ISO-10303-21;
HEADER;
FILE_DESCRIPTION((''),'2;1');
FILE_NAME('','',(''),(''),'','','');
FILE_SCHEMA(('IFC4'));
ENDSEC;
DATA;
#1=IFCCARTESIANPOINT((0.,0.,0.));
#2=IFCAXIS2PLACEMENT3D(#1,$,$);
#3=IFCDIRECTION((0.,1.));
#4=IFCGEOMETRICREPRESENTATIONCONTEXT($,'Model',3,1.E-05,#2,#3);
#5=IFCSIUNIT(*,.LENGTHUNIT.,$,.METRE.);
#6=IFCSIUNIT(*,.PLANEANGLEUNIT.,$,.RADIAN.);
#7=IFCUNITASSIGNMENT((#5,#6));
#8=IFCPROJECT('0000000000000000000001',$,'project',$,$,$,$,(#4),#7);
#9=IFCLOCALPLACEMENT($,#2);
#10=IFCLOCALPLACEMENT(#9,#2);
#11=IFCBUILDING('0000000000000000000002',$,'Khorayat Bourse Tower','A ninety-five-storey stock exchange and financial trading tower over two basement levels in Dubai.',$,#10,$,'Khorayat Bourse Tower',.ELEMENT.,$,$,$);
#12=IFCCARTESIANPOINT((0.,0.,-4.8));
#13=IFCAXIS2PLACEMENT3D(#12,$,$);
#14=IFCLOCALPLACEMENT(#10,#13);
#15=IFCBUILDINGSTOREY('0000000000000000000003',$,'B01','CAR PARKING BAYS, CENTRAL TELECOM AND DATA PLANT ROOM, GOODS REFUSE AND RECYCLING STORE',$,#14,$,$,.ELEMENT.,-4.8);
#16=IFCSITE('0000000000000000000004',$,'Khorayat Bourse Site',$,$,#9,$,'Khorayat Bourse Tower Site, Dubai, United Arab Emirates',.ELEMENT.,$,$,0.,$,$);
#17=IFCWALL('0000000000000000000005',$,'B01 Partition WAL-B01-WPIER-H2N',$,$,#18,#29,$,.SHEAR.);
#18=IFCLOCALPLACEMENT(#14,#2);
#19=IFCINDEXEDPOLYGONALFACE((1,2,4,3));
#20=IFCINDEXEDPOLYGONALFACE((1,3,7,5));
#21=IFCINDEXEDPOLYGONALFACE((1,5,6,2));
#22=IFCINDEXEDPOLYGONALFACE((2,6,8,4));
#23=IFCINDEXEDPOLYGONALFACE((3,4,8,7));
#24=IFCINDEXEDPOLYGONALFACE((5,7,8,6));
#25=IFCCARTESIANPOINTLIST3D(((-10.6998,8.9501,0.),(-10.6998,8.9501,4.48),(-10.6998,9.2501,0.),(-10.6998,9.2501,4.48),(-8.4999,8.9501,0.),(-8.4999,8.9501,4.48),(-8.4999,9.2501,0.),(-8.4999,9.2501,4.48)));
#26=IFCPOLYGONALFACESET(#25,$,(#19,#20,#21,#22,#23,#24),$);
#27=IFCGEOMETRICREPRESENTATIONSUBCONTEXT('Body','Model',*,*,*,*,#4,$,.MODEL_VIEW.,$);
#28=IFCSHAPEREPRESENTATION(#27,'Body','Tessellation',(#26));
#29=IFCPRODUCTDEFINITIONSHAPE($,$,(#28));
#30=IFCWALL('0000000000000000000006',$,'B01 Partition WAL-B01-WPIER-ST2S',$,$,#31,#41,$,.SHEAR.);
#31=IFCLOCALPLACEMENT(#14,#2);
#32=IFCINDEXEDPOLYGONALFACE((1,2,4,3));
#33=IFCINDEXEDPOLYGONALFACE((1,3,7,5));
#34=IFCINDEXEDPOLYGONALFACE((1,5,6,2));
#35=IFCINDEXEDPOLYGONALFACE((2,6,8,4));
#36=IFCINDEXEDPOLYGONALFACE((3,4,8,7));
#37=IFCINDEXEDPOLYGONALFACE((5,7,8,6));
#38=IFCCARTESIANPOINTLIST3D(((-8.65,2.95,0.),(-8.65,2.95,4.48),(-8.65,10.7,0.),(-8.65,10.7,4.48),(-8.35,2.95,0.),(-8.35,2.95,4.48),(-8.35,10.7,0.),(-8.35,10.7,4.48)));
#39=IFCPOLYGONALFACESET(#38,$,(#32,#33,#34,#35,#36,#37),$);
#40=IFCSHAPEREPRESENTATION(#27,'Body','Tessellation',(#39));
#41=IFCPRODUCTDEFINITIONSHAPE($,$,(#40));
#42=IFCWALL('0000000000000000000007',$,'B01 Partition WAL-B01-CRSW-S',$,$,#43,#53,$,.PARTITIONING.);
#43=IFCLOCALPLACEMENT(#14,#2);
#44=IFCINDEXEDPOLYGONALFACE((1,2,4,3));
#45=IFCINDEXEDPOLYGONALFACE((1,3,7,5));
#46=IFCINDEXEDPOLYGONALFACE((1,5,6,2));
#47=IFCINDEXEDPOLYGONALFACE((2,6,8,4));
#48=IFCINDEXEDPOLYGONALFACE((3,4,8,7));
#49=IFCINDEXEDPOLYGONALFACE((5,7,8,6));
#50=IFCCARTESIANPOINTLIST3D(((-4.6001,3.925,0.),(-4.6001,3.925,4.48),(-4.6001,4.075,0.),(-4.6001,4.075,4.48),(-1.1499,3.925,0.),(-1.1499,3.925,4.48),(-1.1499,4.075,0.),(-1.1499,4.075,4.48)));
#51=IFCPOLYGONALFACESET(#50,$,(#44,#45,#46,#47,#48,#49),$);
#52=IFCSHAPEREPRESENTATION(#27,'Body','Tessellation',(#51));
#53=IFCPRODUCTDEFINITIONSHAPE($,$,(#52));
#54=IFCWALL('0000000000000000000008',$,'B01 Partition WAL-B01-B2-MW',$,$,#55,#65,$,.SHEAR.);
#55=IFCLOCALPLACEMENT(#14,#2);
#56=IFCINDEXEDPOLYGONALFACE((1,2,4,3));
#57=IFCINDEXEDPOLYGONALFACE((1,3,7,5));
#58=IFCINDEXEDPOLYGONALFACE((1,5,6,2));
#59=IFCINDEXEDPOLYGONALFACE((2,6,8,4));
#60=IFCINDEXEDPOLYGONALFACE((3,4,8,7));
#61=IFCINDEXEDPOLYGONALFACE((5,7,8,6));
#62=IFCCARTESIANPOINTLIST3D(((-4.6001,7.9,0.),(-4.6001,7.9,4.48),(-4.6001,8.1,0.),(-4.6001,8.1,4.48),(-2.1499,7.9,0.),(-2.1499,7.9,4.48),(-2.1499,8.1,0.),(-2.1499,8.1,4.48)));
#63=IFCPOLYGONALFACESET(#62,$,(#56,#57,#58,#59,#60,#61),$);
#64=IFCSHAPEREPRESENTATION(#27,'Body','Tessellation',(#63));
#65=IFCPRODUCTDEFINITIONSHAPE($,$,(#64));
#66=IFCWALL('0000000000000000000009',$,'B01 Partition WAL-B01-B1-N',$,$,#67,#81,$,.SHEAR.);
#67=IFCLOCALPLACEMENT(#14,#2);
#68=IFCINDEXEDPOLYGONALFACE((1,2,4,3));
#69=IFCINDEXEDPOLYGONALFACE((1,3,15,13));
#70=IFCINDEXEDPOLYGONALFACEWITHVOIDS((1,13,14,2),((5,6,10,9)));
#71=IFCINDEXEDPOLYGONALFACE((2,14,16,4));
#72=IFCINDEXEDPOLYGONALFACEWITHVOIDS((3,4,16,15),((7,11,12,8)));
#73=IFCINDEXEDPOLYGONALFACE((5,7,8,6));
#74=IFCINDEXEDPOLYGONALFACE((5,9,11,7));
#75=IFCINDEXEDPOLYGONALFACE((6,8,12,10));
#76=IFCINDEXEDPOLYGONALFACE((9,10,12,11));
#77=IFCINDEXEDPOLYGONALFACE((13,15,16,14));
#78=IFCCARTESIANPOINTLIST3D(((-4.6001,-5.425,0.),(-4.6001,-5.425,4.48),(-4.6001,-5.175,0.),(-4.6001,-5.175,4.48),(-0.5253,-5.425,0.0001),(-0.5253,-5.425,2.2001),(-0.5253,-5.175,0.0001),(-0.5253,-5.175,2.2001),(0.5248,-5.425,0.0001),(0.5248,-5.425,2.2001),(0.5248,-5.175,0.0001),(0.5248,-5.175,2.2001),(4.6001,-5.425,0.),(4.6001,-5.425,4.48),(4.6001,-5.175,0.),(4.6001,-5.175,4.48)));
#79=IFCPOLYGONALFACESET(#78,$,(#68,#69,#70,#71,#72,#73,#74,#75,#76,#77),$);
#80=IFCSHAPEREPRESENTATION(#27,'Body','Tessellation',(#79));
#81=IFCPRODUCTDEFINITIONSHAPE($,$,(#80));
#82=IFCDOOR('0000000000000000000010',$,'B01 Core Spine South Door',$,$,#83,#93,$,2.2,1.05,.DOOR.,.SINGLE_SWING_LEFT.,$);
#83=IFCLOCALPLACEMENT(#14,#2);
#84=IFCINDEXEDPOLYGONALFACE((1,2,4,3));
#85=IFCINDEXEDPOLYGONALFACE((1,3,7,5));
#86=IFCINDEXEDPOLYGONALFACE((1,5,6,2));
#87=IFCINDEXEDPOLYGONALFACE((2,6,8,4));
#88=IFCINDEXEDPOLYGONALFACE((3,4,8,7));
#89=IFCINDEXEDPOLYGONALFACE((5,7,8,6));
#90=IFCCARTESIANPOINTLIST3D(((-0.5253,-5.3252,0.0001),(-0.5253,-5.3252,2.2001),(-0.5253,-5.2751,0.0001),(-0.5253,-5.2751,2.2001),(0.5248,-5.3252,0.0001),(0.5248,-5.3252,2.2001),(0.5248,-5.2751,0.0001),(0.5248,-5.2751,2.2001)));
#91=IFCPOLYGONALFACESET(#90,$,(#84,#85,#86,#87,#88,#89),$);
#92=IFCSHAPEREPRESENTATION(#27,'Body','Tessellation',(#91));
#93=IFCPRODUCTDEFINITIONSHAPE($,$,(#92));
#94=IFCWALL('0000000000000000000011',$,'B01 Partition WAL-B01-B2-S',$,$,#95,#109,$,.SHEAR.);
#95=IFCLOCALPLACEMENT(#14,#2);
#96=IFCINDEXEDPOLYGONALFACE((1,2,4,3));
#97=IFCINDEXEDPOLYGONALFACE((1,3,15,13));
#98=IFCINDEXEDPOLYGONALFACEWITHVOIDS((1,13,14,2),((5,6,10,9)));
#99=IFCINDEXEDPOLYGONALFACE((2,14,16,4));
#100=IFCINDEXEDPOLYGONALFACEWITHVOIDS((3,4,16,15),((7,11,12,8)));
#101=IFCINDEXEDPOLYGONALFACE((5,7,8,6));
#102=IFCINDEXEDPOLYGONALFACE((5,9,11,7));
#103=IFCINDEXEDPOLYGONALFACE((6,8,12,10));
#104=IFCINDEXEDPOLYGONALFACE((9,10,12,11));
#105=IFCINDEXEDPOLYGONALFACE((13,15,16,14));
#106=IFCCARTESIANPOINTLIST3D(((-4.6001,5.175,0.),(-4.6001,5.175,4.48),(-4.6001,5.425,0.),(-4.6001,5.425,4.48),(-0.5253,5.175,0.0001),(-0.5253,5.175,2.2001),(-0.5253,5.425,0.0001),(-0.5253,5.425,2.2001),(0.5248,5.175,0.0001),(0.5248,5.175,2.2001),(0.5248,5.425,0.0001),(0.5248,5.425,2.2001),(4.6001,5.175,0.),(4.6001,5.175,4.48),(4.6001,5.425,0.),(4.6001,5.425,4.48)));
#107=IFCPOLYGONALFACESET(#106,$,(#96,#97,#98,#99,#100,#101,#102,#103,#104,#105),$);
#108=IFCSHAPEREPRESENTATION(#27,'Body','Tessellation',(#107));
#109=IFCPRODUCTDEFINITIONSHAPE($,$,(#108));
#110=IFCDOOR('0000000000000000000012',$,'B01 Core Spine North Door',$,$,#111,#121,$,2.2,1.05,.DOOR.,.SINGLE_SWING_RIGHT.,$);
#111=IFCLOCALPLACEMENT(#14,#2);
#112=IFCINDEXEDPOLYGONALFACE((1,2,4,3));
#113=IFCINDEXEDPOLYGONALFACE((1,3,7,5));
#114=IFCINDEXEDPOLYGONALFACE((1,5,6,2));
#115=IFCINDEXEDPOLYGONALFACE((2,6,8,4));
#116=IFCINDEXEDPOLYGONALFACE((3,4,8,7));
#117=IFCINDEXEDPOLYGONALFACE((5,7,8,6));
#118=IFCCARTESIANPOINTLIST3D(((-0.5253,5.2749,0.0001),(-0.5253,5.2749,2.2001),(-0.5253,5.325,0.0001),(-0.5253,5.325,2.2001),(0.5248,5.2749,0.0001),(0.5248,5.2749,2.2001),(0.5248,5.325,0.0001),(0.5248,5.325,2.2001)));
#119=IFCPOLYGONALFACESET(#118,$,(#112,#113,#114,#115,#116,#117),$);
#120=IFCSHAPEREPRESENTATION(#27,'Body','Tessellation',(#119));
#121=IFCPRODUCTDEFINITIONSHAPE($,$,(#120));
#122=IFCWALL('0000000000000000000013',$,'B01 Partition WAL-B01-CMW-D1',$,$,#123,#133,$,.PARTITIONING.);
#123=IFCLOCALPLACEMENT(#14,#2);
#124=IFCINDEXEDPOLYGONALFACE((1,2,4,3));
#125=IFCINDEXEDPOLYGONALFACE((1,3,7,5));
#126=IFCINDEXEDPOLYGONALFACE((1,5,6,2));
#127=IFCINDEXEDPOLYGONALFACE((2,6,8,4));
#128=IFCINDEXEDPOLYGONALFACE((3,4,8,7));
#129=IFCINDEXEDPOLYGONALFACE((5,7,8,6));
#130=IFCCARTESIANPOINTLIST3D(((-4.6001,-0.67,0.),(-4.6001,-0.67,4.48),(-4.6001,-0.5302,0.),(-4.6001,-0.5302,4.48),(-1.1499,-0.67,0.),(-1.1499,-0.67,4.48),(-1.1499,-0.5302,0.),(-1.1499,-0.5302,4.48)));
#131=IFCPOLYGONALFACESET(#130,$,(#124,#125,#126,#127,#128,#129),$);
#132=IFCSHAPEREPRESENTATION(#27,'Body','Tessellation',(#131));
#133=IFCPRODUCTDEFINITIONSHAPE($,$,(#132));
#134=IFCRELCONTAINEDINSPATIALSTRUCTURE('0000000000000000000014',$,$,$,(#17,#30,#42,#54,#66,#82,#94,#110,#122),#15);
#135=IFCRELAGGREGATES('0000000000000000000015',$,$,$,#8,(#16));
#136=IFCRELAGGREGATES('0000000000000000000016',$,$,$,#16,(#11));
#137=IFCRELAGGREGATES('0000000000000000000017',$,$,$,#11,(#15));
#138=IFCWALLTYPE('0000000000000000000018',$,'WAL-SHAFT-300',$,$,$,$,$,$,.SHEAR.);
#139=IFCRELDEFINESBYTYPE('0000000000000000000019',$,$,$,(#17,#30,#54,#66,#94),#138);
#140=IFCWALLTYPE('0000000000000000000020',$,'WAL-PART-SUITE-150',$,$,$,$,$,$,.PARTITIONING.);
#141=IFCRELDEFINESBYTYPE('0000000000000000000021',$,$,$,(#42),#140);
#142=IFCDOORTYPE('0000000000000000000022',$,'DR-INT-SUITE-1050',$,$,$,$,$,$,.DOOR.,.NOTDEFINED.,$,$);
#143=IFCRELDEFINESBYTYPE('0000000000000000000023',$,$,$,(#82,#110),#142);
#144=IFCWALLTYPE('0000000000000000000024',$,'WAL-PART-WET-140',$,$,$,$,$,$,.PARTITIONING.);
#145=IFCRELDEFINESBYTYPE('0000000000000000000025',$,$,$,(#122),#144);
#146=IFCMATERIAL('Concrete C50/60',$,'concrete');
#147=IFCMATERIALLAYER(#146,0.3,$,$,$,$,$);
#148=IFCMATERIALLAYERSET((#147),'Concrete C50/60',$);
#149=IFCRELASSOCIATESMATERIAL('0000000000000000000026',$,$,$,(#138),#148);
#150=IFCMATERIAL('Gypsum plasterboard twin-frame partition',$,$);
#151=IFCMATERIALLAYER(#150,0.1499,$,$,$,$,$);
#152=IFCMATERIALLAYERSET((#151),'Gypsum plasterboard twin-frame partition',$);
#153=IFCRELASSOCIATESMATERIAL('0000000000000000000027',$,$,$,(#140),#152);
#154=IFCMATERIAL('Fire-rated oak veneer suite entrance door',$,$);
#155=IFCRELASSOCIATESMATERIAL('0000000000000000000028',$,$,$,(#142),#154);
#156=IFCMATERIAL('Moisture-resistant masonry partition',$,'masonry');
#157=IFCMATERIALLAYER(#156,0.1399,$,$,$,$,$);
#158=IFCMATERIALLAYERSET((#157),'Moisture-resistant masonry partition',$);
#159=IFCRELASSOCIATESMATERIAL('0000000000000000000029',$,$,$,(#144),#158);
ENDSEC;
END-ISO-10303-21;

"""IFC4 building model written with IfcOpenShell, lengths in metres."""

from ifc_helpers import new_model, si_unit, direction, frame, frame_2d, origin, place, context, subcontext, project, spatial, rectangle, extrude, source, transform, mapped, material, layer, layer_set, type_object, element, fill, save


model = new_model("IFC4")

# Units and contexts
model_context = context("Model", 3, precision=1e-05, world=origin(), true_north=direction((0.0, 1.0)))
body_context = subcontext(model_context, "Body", "Model", "MODEL_VIEW")
ifc_project = project(units=[si_unit("LENGTHUNIT", "METRE"), si_unit("PLANEANGLEUNIT", "RADIAN")], contexts=[model_context])

# Site, building, storey
site_placement = place(None, origin())
site = spatial("IfcSite", under=ifc_project, at=site_placement, Name="Khorayat Bourse Site", LongName="Khorayat Bourse Tower Site, Dubai, United Arab Emirates", CompositionType="ELEMENT", RefElevation=0.0)
building_placement = place(site_placement, origin())
building = spatial("IfcBuilding", under=site, at=building_placement, Name="Khorayat Bourse Tower", Description="A ninety-five-storey stock exchange and financial trading tower over two basement levels in Dubai.", LongName="Khorayat Bourse Tower", CompositionType="ELEMENT")
storey_placement = place(building_placement, frame((0.0, 0.0, -4.8)))
storey = spatial("IfcBuildingStorey", under=building, at=storey_placement, Name="B01", Description="CAR PARKING BAYS, CENTRAL TELECOM AND DATA PLANT ROOM, GOODS REFUSE AND RECYCLING STORE", CompositionType="ELEMENT", Elevation=-4.8)

# Walls
ifc_material_1 = material(Name="Concrete C50/60", Category="concrete")
ifc_layer_1 = layer(ifc_material_1, 0.3)
ifc_layer_set_1 = layer_set([ifc_layer_1], Name="Concrete C50/60")
wall_type_1 = type_object("IfcWallType", Name="WAL-SHAFT-300", PredefinedType="SHEAR", material=ifc_layer_set_1)
shared_shape_1 = source(origin(), body_context, "Body", "SweptSolid", [
    extrude(rectangle(XDim=2.2, YDim=0.3, at=frame_2d((1.1001, 0.0))), origin(), (0.0, 0.0, 1.0), 4.48),
])
for number, where, z_axis, x_axis, name in (
    (1, (-10.7, 9.1001, 0.0), (0.0, 0.0, 1.0), (1.0, 0.0, 0.0), "B01 Partition WAL-B01-WPIER-H2N"),
):
    element("IfcWall", number, at=place(storey_placement, frame(where, z_axis=z_axis, x_axis=x_axis)), inside=storey, type_object=wall_type_1, Name=name, PredefinedType="SHEAR", context=body_context, shape_type="MappedRepresentation", body=[
        mapped(shared_shape_1, transform((0.0, 0.0, 0.0), scale=1.0)),
    ])
shared_shape_2 = source(origin(), body_context, "Body", "SweptSolid", [
    extrude(rectangle(XDim=7.75, YDim=0.3, at=frame_2d((3.875, 0.0))), origin(), (0.0, 0.0, 1.0), 4.48),
])
wall_1_placement = place(storey_placement, frame((-8.5, 2.95, 0.0), z_axis=(0.0, 0.0, 1.0), x_axis=(0.0, 1.0, 0.0)))
element("IfcWall", 2, at=wall_1_placement, inside=storey, type_object=wall_type_1, Name="B01 Partition WAL-B01-WPIER-ST2S", PredefinedType="SHEAR", context=body_context, shape_type="MappedRepresentation", body=[
    mapped(shared_shape_2, transform((0.0, 0.0, 0.0), scale=1.0)),
])
ifc_material_2 = material(Name="Gypsum plasterboard twin-frame partition")
ifc_layer_2 = layer(ifc_material_2, 0.1499)
ifc_layer_set_2 = layer_set([ifc_layer_2], Name="Gypsum plasterboard twin-frame partition")
wall_type_2 = type_object("IfcWallType", Name="WAL-PART-SUITE-150", PredefinedType="PARTITIONING", material=ifc_layer_set_2)
shared_shape_3 = source(origin(), body_context, "Body", "SweptSolid", [
    extrude(rectangle(XDim=3.4502, YDim=0.1499, at=frame_2d((1.7251, 0.0))), origin(), (0.0, 0.0, 1.0), 4.48),
])
wall_2_placement = place(storey_placement, frame((-4.6001, 4.0, 0.0), z_axis=(0.0, 0.0, 1.0), x_axis=(1.0, 0.0, 0.0)))
element("IfcWall", 3, at=wall_2_placement, inside=storey, type_object=wall_type_2, Name="B01 Partition WAL-B01-CRSW-S", PredefinedType="PARTITIONING", context=body_context, shape_type="MappedRepresentation", body=[
    mapped(shared_shape_3, transform((0.0, 0.0, 0.0), scale=1.0)),
])
shared_shape_4 = source(origin(), body_context, "Body", "SweptSolid", [
    extrude(rectangle(XDim=2.4502, YDim=0.2, at=frame_2d((1.2251, 0.0))), origin(), (0.0, 0.0, 1.0), 4.48),
])
wall_3_placement = place(storey_placement, frame((-4.6001, 8.0, 0.0), z_axis=(0.0, 0.0, 1.0), x_axis=(1.0, 0.0, 0.0)))
element("IfcWall", 4, at=wall_3_placement, inside=storey, type_object=wall_type_1, Name="B01 Partition WAL-B01-B2-MW", PredefinedType="SHEAR", context=body_context, shape_type="MappedRepresentation", body=[
    mapped(shared_shape_4, transform((0.0, 0.0, 0.0), scale=1.0)),
])

# Walls, openings, doors
shared_shape_5 = source(origin(), body_context, "Body", "SweptSolid", [
    extrude(rectangle(XDim=9.2002, YDim=0.25, at=frame_2d((4.6001, 0.0))), origin(), (0.0, 0.0, 1.0), 4.48),
])
wall_4_placement = place(storey_placement, frame((-4.6001, -5.3, 0.0), z_axis=(0.0, 0.0, 1.0), x_axis=(1.0, 0.0, 0.0)))
wall_4 = element("IfcWall", 5, at=wall_4_placement, inside=storey, type_object=wall_type_1, Name="B01 Partition WAL-B01-B1-N", PredefinedType="SHEAR", context=body_context, shape_type="MappedRepresentation", body=[
    mapped(shared_shape_5, transform((0.0, 0.0, 0.0), scale=1.0)),
])
shared_shape_6 = source(origin(), body_context, "Body", "SweptSolid", [
    extrude(rectangle(XDim=1.05, YDim=2.2, at=frame_2d((0.5249, 1.1001))), frame((0.0, 0.135, 0.0), z_axis=(0.0, -1.0, 0.0), x_axis=(1.0, 0.0, 0.0)), (0.0, 0.0, 1.0), 0.27),
])
opening_1_placement = place(wall_4_placement, frame((4.075, 0.0, 0.0)))
opening_1 = element("IfcOpeningElement", 6, at=opening_1_placement, cuts=wall_4, PredefinedType="OPENING", context=body_context, shape_type="MappedRepresentation", body=[
    mapped(shared_shape_6, transform((0.0, 0.0, 0.0), scale=1.0)),
])
ifc_material_3 = material(Name="Fire-rated oak veneer suite entrance door")
door_type = type_object("IfcDoorType", Name="DR-INT-SUITE-1050", OperationType="NOTDEFINED", PredefinedType="DOOR", material=ifc_material_3)
shared_shape_7 = source(origin(), body_context, "Body", "SweptSolid", [
    extrude(rectangle(XDim=1.05, YDim=2.2, at=frame_2d((0.5249, 1.1001))), frame((0.0, 0.0249, 0.0), z_axis=(0.0, -1.0, 0.0), x_axis=(1.0, 0.0, 0.0)), (0.0, 0.0, 1.0), 0.05),
])
door_1_placement = place(opening_1_placement, origin())
door_1 = element("IfcDoor", 7, at=door_1_placement, inside=storey, type_object=door_type, Name="B01 Core Spine South Door", OperationType="SINGLE_SWING_LEFT", OverallHeight=2.2, OverallWidth=1.05, PredefinedType="DOOR", context=body_context, shape_type="MappedRepresentation", body=[
    mapped(shared_shape_7, transform((0.0, 0.0, 0.0), scale=1.0)),
])
fill(opening_1, door_1)
wall_5_placement = place(storey_placement, frame((-4.6001, 5.3, 0.0), z_axis=(0.0, 0.0, 1.0), x_axis=(1.0, 0.0, 0.0)))
wall_5 = element("IfcWall", 8, at=wall_5_placement, inside=storey, type_object=wall_type_1, Name="B01 Partition WAL-B01-B2-S", PredefinedType="SHEAR", context=body_context, shape_type="MappedRepresentation", body=[
    mapped(shared_shape_5, transform((0.0, 0.0, 0.0), scale=1.0)),
])
opening_2_placement = place(wall_5_placement, frame((4.075, 0.0, 0.0)))
opening_2 = element("IfcOpeningElement", 9, at=opening_2_placement, cuts=wall_5, PredefinedType="OPENING", context=body_context, shape_type="MappedRepresentation", body=[
    mapped(shared_shape_6, transform((0.0, 0.0, 0.0), scale=1.0)),
])
door_2_placement = place(opening_2_placement, origin())
door_2 = element("IfcDoor", 10, at=door_2_placement, inside=storey, type_object=door_type, Name="B01 Core Spine North Door", OperationType="SINGLE_SWING_RIGHT", OverallHeight=2.2, OverallWidth=1.05, PredefinedType="DOOR", context=body_context, shape_type="MappedRepresentation", body=[
    mapped(shared_shape_7, transform((0.0, 0.0, 0.0), scale=1.0)),
])
fill(opening_2, door_2)

# Wall
ifc_material_4 = material(Name="Moisture-resistant masonry partition", Category="masonry")
ifc_layer_3 = layer(ifc_material_4, 0.1399)
ifc_layer_set_3 = layer_set([ifc_layer_3], Name="Moisture-resistant masonry partition")
wall_type_3 = type_object("IfcWallType", Name="WAL-PART-WET-140", PredefinedType="PARTITIONING", material=ifc_layer_set_3)
shared_shape_8 = source(origin(), body_context, "Body", "SweptSolid", [
    extrude(rectangle(XDim=3.4502, YDim=0.1399, at=frame_2d((1.7251, 0.0))), origin(), (0.0, 0.0, 1.0), 4.48),
])
wall_6_placement = place(storey_placement, frame((-4.6001, -0.6001, 0.0), z_axis=(0.0, 0.0, 1.0), x_axis=(1.0, 0.0, 0.0)))
element("IfcWall", 11, at=wall_6_placement, inside=storey, type_object=wall_type_3, Name="B01 Partition WAL-B01-CMW-D1", PredefinedType="PARTITIONING", context=body_context, shape_type="MappedRepresentation", body=[
    mapped(shared_shape_8, transform((0.0, 0.0, 0.0), scale=1.0)),
])

save(model, "model.ifc")
